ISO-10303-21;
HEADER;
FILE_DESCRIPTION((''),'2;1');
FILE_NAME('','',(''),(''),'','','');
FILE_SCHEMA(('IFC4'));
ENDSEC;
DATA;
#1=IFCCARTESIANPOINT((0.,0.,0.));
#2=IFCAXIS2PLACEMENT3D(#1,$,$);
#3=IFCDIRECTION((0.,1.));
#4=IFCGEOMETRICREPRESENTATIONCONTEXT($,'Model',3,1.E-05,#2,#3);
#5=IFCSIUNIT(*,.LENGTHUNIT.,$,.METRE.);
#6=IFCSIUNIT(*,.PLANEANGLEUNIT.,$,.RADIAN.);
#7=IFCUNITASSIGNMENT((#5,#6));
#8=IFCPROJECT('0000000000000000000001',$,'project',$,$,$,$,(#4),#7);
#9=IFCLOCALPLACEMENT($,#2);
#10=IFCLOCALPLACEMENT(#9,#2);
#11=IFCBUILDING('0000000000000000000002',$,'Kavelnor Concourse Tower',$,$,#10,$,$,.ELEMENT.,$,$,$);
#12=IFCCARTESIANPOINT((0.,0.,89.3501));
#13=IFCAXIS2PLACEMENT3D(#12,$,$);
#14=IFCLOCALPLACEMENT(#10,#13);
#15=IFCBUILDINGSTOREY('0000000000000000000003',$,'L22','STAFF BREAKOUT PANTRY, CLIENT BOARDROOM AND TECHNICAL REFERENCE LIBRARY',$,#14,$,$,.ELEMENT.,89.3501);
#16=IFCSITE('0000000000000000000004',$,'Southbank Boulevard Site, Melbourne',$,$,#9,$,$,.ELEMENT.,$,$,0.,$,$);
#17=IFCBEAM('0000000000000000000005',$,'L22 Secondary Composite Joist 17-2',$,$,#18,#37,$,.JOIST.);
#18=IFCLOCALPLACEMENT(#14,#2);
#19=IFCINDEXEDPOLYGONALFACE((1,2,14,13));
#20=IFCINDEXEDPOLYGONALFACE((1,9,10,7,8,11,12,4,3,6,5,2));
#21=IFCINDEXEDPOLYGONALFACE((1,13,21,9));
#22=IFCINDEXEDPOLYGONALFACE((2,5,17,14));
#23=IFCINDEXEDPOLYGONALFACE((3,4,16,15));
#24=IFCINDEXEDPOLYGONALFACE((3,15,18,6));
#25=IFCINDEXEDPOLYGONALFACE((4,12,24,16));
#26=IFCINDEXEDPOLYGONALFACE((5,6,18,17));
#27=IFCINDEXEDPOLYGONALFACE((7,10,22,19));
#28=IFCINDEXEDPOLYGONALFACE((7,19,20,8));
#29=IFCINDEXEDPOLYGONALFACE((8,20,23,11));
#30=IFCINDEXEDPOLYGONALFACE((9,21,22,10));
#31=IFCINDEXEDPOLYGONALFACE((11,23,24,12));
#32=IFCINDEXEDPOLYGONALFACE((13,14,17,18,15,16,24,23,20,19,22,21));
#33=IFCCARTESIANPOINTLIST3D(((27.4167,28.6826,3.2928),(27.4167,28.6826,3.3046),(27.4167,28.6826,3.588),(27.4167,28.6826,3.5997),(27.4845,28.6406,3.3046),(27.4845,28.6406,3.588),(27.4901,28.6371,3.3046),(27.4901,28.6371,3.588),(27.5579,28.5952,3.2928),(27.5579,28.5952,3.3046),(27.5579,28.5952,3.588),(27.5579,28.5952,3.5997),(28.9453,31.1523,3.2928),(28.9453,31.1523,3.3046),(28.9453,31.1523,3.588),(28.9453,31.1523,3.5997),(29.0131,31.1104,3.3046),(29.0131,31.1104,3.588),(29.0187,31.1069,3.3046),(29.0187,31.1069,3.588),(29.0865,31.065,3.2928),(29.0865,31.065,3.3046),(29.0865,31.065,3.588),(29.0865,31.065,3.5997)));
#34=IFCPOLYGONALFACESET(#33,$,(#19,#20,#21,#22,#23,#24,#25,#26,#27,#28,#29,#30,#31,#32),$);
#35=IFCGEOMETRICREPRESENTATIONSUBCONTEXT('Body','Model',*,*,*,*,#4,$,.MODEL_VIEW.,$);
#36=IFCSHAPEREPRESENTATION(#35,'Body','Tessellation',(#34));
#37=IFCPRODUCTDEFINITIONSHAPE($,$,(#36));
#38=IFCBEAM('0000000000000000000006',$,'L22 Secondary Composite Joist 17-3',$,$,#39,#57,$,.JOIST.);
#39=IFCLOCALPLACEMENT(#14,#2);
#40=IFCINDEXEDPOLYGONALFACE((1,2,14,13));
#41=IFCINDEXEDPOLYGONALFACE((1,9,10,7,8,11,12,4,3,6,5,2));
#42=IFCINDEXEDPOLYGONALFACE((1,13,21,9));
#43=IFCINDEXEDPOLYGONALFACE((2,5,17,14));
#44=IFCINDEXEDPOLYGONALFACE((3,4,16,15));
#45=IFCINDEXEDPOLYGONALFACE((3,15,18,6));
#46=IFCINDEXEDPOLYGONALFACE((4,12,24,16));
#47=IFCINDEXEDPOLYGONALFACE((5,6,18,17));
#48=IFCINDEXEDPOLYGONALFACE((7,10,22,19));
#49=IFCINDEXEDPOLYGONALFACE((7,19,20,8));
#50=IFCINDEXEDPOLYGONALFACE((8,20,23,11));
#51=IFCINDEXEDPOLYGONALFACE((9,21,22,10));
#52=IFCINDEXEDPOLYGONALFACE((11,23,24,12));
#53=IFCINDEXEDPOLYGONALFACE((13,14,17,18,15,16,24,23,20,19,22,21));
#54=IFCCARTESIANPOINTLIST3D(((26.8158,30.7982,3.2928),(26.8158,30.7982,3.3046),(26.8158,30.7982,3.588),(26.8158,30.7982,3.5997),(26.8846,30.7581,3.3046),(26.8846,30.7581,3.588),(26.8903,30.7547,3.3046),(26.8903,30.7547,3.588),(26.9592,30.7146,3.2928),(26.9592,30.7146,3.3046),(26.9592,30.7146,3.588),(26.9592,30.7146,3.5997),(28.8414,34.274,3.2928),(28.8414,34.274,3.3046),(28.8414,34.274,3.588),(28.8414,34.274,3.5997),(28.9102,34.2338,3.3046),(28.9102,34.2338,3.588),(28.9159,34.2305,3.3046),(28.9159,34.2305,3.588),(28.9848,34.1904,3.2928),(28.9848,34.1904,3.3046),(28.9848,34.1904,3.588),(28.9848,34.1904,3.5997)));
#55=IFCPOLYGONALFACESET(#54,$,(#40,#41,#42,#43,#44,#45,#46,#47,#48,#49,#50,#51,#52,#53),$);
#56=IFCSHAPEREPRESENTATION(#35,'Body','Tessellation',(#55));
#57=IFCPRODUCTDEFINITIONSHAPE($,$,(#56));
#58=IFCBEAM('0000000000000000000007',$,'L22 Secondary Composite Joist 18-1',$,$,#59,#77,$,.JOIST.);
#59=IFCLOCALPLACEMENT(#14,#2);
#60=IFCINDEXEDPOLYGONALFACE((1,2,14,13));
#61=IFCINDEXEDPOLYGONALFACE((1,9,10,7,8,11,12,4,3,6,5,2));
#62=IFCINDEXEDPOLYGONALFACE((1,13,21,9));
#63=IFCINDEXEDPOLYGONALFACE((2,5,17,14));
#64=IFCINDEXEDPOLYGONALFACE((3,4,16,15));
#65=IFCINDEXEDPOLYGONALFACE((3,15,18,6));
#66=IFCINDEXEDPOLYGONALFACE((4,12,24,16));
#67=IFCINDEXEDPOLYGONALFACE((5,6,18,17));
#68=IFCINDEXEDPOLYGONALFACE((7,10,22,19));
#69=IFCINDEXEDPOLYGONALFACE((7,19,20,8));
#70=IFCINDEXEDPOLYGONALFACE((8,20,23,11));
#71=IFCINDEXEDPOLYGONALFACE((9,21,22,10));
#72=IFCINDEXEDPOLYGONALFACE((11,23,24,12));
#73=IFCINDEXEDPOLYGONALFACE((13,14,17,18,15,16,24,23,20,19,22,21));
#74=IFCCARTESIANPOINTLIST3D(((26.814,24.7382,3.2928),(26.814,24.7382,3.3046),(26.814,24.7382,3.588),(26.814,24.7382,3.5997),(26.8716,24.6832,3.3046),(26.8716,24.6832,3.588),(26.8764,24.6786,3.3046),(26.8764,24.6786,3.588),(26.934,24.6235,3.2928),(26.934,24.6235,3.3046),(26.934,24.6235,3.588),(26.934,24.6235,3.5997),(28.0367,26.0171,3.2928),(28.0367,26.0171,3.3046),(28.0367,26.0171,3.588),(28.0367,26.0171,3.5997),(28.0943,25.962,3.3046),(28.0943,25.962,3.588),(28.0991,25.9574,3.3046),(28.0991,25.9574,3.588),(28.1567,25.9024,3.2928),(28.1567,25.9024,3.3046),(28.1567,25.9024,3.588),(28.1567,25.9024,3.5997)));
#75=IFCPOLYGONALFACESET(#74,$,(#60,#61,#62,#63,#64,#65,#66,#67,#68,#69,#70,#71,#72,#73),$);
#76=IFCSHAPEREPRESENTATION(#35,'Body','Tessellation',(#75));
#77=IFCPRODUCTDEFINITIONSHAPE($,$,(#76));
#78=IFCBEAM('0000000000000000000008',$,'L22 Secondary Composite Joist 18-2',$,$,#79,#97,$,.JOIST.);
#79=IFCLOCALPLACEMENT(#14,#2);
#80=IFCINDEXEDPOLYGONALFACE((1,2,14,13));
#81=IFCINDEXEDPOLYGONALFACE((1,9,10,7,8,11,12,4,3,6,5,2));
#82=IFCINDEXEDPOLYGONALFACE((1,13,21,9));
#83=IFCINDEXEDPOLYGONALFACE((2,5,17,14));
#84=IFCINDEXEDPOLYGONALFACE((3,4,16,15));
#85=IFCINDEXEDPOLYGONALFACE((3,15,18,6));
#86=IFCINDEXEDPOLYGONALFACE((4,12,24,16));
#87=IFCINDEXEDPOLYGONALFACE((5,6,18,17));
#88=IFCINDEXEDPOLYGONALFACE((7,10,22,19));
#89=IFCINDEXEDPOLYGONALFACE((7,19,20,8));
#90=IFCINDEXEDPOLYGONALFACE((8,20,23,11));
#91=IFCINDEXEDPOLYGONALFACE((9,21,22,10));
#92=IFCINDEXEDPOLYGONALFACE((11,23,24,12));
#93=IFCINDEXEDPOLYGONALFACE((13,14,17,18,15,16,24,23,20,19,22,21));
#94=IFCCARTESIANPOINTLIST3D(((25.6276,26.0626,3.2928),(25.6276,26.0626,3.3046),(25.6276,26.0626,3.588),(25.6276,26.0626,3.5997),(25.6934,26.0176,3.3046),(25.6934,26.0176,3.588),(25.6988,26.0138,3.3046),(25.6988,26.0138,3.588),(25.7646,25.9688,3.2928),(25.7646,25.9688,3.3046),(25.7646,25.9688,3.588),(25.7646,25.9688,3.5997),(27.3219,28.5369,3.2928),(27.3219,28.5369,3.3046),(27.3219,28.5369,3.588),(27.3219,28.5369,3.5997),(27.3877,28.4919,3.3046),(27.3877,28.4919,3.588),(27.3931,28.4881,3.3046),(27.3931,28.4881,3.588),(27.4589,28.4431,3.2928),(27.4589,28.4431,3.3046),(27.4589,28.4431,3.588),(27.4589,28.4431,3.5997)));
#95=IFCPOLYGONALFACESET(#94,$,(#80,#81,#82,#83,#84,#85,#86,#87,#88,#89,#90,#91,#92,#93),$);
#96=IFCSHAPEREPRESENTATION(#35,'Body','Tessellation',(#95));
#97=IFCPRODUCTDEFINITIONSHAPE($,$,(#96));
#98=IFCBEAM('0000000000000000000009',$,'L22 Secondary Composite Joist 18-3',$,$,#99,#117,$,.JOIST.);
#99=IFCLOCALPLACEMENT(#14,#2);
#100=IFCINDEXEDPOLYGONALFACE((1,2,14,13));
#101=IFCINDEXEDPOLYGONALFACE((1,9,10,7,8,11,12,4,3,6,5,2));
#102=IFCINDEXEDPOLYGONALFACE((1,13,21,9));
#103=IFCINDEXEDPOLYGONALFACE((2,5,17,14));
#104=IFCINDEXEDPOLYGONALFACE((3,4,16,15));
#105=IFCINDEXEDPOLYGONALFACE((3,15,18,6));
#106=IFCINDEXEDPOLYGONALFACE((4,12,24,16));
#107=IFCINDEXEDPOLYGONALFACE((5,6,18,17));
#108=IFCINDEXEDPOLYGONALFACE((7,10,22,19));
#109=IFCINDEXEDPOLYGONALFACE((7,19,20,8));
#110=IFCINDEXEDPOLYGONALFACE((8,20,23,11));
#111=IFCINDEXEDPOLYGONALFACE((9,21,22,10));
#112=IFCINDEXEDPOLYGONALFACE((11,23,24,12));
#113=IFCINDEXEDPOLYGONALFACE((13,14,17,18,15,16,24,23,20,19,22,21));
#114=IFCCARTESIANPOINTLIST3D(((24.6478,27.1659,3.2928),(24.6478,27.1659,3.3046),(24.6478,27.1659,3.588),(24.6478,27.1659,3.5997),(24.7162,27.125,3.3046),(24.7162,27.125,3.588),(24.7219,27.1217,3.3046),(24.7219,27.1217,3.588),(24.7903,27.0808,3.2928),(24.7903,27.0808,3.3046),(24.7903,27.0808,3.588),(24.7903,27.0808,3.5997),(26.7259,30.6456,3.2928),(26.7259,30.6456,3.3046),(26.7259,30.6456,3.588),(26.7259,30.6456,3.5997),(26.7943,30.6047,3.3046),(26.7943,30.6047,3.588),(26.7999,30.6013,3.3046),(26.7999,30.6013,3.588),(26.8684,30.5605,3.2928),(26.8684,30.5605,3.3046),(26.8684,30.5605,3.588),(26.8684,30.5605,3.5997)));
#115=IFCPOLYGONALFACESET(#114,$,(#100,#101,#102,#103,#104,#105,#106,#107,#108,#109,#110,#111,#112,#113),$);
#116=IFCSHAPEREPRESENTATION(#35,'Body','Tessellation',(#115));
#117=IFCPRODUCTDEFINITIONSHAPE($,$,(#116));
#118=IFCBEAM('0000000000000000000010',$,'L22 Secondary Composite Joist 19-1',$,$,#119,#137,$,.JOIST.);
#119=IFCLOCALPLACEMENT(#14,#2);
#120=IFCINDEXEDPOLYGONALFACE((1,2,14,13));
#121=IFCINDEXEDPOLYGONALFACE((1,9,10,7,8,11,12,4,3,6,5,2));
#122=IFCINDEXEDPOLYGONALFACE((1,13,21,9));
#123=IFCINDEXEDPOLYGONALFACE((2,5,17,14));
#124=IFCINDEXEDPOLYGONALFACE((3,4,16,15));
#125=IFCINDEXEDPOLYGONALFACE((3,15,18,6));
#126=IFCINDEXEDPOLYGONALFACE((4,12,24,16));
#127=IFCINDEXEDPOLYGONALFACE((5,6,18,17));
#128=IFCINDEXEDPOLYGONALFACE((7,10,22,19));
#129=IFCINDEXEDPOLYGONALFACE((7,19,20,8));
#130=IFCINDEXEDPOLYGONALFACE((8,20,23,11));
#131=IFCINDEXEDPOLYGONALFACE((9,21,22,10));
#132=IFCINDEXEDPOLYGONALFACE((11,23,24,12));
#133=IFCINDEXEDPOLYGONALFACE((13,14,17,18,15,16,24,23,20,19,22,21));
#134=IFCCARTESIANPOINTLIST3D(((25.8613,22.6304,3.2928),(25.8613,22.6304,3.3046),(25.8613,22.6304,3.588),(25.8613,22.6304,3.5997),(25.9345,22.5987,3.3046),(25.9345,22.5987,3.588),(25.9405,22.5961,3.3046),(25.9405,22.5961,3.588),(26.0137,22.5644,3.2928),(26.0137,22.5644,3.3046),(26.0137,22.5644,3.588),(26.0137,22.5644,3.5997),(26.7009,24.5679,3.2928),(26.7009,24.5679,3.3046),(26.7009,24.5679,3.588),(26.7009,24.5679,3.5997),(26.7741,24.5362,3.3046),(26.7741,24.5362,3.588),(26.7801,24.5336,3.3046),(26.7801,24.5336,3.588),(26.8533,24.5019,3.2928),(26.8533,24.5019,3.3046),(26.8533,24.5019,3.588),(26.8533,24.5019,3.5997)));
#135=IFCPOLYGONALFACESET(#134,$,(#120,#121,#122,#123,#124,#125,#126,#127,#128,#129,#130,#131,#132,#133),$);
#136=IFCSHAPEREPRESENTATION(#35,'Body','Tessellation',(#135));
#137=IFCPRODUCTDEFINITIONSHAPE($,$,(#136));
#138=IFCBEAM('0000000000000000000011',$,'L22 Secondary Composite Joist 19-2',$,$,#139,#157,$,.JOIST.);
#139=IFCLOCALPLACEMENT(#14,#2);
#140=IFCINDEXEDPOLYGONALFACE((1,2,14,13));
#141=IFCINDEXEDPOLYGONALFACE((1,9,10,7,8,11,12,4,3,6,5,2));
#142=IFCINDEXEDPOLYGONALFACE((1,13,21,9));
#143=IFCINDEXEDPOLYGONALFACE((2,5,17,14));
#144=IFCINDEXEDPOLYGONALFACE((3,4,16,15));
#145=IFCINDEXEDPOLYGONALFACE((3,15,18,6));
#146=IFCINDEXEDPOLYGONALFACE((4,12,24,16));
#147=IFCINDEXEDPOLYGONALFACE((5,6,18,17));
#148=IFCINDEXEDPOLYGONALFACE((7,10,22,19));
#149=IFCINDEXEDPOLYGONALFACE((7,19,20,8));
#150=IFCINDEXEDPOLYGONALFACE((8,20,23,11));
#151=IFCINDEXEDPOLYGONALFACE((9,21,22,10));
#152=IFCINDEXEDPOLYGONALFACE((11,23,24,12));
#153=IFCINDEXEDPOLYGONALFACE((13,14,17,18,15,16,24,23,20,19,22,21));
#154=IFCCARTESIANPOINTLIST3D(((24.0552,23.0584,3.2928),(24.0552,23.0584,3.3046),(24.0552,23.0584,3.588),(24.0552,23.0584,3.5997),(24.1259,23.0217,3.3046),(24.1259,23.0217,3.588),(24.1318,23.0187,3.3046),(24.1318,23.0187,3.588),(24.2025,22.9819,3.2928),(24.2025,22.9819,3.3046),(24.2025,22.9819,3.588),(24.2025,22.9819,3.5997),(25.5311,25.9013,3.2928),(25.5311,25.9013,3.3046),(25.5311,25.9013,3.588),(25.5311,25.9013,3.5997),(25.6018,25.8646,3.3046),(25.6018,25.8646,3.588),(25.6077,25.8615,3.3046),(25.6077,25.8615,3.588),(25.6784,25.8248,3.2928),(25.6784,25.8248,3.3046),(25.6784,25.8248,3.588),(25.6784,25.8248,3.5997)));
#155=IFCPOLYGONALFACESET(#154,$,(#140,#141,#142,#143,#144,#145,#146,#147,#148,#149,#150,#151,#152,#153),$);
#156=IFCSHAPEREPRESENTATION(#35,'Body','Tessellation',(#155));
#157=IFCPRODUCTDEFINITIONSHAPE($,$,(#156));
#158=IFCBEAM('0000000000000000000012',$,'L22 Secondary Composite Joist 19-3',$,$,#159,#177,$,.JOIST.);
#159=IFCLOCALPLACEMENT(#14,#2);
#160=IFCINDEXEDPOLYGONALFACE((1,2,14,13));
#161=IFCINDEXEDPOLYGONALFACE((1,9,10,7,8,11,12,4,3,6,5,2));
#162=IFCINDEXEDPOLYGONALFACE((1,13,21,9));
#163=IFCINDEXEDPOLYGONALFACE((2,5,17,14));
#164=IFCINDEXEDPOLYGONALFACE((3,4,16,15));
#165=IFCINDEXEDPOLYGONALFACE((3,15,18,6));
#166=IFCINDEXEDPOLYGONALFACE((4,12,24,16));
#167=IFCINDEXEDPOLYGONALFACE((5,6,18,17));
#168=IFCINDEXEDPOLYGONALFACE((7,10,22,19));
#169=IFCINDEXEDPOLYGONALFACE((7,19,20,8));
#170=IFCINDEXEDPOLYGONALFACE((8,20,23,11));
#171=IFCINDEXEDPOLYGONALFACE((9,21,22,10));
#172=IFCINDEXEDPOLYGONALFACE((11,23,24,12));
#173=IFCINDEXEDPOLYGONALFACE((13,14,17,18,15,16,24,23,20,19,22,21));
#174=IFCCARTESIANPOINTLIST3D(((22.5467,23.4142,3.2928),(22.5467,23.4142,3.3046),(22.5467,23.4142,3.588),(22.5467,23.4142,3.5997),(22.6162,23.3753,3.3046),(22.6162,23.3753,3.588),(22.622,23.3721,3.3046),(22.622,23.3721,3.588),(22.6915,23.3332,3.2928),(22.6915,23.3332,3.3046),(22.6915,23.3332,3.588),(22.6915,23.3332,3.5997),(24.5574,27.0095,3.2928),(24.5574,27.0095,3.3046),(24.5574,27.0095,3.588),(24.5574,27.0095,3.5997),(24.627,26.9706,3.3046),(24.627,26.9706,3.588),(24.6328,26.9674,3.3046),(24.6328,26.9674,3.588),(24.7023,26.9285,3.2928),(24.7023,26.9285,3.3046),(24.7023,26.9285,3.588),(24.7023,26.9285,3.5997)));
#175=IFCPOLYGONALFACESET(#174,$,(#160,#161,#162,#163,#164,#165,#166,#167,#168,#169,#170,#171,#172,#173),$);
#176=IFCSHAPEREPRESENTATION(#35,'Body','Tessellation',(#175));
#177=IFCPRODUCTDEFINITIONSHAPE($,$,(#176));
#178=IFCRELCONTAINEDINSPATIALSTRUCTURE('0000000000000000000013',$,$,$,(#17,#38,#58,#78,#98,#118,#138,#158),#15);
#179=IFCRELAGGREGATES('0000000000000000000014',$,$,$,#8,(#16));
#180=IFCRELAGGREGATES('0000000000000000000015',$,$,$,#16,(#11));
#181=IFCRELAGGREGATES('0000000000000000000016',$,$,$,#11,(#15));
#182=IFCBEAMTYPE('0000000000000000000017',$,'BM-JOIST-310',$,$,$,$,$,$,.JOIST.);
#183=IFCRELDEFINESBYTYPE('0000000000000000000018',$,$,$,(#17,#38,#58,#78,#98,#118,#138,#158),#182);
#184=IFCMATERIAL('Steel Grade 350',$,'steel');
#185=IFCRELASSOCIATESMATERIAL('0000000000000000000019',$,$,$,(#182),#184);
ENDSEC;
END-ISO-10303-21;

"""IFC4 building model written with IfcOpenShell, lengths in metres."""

from ifc_helpers import new_model, si_unit, direction, frame, origin, origin_2d, place, context, subcontext, project, spatial, i_section, extrude, material, material_profile, profile_set, type_object, element, save


model = new_model("IFC4")

# Units and contexts
model_context = context("Model", 3, precision=1e-05, world=origin(), true_north=direction((0.0, 1.0)))
body_context = subcontext(model_context, "Body", "Model", "MODEL_VIEW")
ifc_project = project(units=[si_unit("LENGTHUNIT", "METRE"), si_unit("PLANEANGLEUNIT", "RADIAN")], contexts=[model_context])

# Site, building, storey
site_placement = place(None, origin())
site = spatial("IfcSite", under=ifc_project, at=site_placement, Name="Southbank Boulevard Site, Melbourne", CompositionType="ELEMENT", RefElevation=0.0)
building_placement = place(site_placement, origin())
building = spatial("IfcBuilding", under=site, at=building_placement, Name="Kavelnor Concourse Tower", CompositionType="ELEMENT")
storey_placement = place(building_placement, frame((0.0, 0.0, 89.3501)))
storey = spatial("IfcBuildingStorey", under=building, at=storey_placement, Name="L22", Description="STAFF BREAKOUT PANTRY, CLIENT BOARDROOM AND TECHNICAL REFERENCE LIBRARY", CompositionType="ELEMENT", Elevation=89.3501)

# Shared definitions
ifc_material_1 = material(Name="Steel Grade 350", Category="steel")

# Beams
ifc_material_profile_1 = material_profile(ifc_material_1, i_section(OverallWidth=0.166, OverallDepth=0.3069, WebThickness=0.0066, FlangeThickness=0.0117, at=origin_2d()), Name="310UB46")
ifc_profile_set_1 = profile_set([ifc_material_profile_1], Name="Steel Grade 350")
beam_type_1 = type_object("IfcBeamType", Name="BM-JOIST-310", PredefinedType="JOIST", material=ifc_profile_set_1)
beam_1_placement = place(storey_placement, frame((29.0159, 31.1086, 3.4463), z_axis=(-0.526276, -0.850314, 0.0), x_axis=(0.850314, -0.526276, 0.0)))
element("IfcBeam", 1, at=beam_1_placement, inside=storey, type_object=beam_type_1, Name="L22 Secondary Composite Joist 17-2", PredefinedType="JOIST", context=body_context, shape_type="SweptSolid", body=[
    extrude(i_section(OverallWidth=0.166, OverallDepth=0.3069, WebThickness=0.0066, FlangeThickness=0.0117, at=origin_2d()), origin(), (0.0, 0.0, 1.0), 2.9045),
])
beam_2_placement = place(storey_placement, frame((28.9131, 34.2322, 3.4463), z_axis=(-0.503513, -0.863988, 0.0), x_axis=(0.863988, -0.503513, 0.0)))
element("IfcBeam", 2, at=beam_2_placement, inside=storey, type_object=beam_type_1, Name="L22 Secondary Composite Joist 17-3", PredefinedType="JOIST", context=body_context, shape_type="SweptSolid", body=[
    extrude(i_section(OverallWidth=0.166, OverallDepth=0.3069, WebThickness=0.0066, FlangeThickness=0.0117, at=origin_2d()), origin(), (0.0, 0.0, 1.0), 4.0229),
])
beam_3_placement = place(storey_placement, frame((28.0967, 25.9597, 3.4463), z_axis=(-0.69106, -0.722798, 0.0), x_axis=(0.722798, -0.69106, 0.0)))
element("IfcBeam", 3, at=beam_3_placement, inside=storey, type_object=beam_type_1, Name="L22 Secondary Composite Joist 18-1", PredefinedType="JOIST", context=body_context, shape_type="SweptSolid", body=[
    extrude(i_section(OverallWidth=0.166, OverallDepth=0.3069, WebThickness=0.0066, FlangeThickness=0.0117, at=origin_2d()), origin(), (0.0, 0.0, 1.0), 1.7693),
])
beam_4_placement = place(storey_placement, frame((27.3904, 28.49, 3.4463), z_axis=(-0.56499, -0.825098, 0.0), x_axis=(0.825098, -0.56499, 0.0)))
element("IfcBeam", 4, at=beam_4_placement, inside=storey, type_object=beam_type_1, Name="L22 Secondary Composite Joist 18-2", PredefinedType="JOIST", context=body_context, shape_type="SweptSolid", body=[
    extrude(i_section(OverallWidth=0.166, OverallDepth=0.3069, WebThickness=0.0066, FlangeThickness=0.0117, at=origin_2d()), origin(), (0.0, 0.0, 1.0), 2.9988),
])
beam_5_placement = place(storey_placement, frame((26.7971, 30.603, 3.4463), z_axis=(-0.512732, -0.858549, 0.0), x_axis=(0.858549, -0.512732, 0.0)))
element("IfcBeam", 5, at=beam_5_placement, inside=storey, type_object=beam_type_1, Name="L22 Secondary Composite Joist 18-3", PredefinedType="JOIST", context=body_context, shape_type="SweptSolid", body=[
    extrude(i_section(OverallWidth=0.166, OverallDepth=0.3069, WebThickness=0.0066, FlangeThickness=0.0117, at=origin_2d()), origin(), (0.0, 0.0, 1.0), 4.053),
])
beam_6_placement = place(storey_placement, frame((26.7771, 24.5349, 3.4463), z_axis=(-0.397614, -0.917553, 0.0), x_axis=(0.917553, -0.397614, 0.0)))
element("IfcBeam", 6, at=beam_6_placement, inside=storey, type_object=beam_type_1, Name="L22 Secondary Composite Joist 19-1", PredefinedType="JOIST", context=body_context, shape_type="SweptSolid", body=[
    extrude(i_section(OverallWidth=0.166, OverallDepth=0.3069, WebThickness=0.0066, FlangeThickness=0.0117, at=origin_2d()), origin(), (0.0, 0.0, 1.0), 2.1116),
])
beam_7_placement = place(storey_placement, frame((25.6047, 25.863, 3.4463), z_axis=(-0.46076, -0.887525, 0.0), x_axis=(0.887525, -0.46076, 0.0)))
element("IfcBeam", 7, at=beam_7_placement, inside=storey, type_object=beam_type_1, Name="L22 Secondary Composite Joist 19-2", PredefinedType="JOIST", context=body_context, shape_type="SweptSolid", body=[
    extrude(i_section(OverallWidth=0.166, OverallDepth=0.3069, WebThickness=0.0066, FlangeThickness=0.0117, at=origin_2d()), origin(), (0.0, 0.0, 1.0), 3.2031),
])
beam_8_placement = place(storey_placement, frame((24.6299, 26.969, 3.4463), z_axis=(-0.488127, -0.872773, 0.0), x_axis=(0.872773, -0.488127, 0.0)))
element("IfcBeam", 8, at=beam_8_placement, inside=storey, type_object=beam_type_1, Name="L22 Secondary Composite Joist 19-3", PredefinedType="JOIST", context=body_context, shape_type="SweptSolid", body=[
    extrude(i_section(OverallWidth=0.166, OverallDepth=0.3069, WebThickness=0.0066, FlangeThickness=0.0117, at=origin_2d()), origin(), (0.0, 0.0, 1.0), 4.1194),
])

save(model, "model.ifc")
